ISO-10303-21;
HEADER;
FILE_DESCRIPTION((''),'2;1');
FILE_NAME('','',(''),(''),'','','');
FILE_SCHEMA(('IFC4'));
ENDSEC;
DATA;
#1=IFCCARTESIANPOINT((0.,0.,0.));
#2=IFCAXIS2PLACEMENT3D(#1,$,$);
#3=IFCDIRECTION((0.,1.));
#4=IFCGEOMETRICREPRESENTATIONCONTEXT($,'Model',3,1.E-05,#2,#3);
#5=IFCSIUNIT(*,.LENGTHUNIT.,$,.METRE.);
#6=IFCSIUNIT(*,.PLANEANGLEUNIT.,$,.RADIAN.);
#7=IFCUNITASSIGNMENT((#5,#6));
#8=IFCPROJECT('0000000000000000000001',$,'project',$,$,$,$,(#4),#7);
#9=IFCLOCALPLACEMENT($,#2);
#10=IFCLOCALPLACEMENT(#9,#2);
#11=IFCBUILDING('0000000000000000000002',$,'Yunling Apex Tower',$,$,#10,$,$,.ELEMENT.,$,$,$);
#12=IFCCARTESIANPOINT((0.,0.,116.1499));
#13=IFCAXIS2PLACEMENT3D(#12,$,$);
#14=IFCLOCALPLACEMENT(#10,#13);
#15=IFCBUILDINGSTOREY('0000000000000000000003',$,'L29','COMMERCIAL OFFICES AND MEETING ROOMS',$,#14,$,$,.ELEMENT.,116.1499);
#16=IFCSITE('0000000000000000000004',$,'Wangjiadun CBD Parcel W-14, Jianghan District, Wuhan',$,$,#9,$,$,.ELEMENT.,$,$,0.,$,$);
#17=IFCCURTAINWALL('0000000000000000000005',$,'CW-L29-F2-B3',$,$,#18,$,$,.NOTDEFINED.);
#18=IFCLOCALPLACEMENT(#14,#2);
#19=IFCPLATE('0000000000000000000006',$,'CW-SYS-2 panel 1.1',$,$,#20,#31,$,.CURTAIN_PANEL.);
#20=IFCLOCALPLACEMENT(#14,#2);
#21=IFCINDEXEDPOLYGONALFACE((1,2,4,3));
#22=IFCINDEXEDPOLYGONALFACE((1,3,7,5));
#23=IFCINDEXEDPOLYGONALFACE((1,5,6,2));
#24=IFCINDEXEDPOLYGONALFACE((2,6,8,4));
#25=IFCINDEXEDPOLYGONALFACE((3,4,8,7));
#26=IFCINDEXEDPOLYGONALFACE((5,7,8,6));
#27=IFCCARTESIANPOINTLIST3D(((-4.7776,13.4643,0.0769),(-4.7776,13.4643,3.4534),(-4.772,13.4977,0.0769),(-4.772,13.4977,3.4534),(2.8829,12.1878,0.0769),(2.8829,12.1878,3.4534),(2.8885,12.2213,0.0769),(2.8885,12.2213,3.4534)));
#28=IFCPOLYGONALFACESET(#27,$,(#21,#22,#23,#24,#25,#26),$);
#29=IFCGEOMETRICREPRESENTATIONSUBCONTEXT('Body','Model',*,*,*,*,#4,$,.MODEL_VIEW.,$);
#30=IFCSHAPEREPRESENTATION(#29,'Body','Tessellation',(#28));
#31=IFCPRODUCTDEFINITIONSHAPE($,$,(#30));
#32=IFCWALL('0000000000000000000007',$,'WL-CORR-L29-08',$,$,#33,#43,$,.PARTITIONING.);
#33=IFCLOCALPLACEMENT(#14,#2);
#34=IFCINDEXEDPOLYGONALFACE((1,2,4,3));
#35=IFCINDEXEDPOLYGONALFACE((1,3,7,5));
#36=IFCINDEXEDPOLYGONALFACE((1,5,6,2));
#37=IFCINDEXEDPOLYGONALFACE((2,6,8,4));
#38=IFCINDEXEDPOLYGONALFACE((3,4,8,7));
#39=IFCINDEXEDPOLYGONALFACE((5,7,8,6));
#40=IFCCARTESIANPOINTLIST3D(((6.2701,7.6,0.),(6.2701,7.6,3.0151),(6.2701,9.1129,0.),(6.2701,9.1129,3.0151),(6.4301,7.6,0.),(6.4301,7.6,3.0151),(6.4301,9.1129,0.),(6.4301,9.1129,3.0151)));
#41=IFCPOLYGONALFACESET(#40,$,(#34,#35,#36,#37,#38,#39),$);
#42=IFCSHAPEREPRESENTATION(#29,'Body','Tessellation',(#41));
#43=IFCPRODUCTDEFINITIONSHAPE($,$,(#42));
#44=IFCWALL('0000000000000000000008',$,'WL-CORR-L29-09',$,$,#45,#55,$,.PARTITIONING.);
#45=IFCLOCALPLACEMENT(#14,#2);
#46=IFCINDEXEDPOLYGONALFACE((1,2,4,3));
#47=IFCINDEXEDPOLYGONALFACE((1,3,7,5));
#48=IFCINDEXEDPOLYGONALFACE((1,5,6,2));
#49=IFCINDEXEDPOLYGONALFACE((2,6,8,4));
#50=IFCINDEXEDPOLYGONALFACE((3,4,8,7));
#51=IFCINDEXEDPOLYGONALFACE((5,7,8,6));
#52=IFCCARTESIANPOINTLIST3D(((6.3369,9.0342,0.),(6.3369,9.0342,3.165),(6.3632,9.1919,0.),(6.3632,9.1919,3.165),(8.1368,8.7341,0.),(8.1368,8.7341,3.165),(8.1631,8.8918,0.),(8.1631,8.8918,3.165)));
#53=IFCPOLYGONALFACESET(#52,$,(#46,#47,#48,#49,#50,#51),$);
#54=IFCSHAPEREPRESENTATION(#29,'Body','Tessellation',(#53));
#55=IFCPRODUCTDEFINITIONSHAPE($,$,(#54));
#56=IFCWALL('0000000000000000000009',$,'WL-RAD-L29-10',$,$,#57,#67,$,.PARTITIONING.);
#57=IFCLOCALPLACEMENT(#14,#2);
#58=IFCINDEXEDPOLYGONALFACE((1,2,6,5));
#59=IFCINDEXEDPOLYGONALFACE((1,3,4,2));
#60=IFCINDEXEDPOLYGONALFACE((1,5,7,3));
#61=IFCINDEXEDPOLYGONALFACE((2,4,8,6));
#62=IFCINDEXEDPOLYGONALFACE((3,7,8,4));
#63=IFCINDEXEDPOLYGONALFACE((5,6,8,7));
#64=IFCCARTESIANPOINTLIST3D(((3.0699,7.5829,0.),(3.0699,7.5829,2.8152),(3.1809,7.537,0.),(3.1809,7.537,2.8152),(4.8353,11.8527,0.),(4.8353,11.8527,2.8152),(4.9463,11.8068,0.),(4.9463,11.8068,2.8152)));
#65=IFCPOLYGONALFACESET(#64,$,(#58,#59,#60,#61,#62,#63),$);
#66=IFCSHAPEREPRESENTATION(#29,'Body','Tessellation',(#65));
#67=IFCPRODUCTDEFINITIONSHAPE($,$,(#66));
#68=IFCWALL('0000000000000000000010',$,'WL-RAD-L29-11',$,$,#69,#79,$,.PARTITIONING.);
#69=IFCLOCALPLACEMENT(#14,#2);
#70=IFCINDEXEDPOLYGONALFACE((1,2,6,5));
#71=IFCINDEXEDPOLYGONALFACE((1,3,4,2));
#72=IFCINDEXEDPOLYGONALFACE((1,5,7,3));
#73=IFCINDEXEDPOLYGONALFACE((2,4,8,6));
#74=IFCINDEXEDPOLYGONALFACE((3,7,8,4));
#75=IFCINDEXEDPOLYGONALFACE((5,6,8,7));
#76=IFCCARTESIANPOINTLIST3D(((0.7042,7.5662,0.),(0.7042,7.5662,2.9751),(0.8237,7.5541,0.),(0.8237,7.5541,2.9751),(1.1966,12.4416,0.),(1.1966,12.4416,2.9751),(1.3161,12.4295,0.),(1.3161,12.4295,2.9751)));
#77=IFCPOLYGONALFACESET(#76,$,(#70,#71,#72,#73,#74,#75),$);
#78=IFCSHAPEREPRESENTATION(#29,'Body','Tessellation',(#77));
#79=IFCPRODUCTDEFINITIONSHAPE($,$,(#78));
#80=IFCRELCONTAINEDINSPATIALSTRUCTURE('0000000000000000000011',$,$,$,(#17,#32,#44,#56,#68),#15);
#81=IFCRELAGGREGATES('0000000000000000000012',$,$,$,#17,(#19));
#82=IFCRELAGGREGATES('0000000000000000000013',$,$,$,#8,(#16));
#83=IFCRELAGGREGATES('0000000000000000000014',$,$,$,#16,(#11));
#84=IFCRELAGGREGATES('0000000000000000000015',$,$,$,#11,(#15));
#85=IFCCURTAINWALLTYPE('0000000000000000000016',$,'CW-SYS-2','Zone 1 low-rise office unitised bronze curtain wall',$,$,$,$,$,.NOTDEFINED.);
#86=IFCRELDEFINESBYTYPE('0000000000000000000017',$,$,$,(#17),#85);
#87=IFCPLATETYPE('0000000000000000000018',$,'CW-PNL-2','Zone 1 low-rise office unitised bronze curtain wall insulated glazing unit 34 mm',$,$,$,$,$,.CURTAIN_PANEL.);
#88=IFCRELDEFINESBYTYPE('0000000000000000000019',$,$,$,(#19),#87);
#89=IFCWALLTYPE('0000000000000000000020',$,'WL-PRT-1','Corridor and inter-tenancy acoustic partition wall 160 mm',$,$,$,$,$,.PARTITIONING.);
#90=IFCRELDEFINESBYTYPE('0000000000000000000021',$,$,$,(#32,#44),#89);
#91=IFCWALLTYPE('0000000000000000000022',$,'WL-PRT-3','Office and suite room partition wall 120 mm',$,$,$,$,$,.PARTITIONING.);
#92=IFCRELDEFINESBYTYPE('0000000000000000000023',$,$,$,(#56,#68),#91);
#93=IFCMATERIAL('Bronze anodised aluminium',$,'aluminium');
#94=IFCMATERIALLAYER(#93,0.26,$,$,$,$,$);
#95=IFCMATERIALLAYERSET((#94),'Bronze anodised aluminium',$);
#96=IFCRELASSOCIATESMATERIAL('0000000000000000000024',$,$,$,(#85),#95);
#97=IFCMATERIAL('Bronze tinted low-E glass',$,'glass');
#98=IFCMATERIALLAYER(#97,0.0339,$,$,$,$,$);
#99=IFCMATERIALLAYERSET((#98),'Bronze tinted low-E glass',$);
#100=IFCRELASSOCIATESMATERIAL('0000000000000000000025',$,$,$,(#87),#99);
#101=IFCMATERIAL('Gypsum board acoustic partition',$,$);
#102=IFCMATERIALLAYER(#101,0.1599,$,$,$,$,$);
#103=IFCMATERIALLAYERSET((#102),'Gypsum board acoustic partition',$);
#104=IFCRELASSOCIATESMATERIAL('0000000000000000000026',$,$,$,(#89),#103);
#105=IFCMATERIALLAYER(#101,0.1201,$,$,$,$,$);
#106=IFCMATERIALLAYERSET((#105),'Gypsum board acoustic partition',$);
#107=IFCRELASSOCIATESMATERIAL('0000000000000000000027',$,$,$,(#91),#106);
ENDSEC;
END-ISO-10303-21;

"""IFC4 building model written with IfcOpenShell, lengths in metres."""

from ifc_helpers import new_model, si_unit, direction, frame, frame_2d, origin, origin_2d, place, context, subcontext, project, spatial, rectangle, extrude, source, transform, mapped, material, layer, layer_set, type_object, element, aggregate, save


model = new_model("IFC4")

# Units and contexts
model_context = context("Model", 3, precision=1e-05, world=origin(), true_north=direction((0.0, 1.0)))
body_context = subcontext(model_context, "Body", "Model", "MODEL_VIEW")
ifc_project = project(units=[si_unit("LENGTHUNIT", "METRE"), si_unit("PLANEANGLEUNIT", "RADIAN")], contexts=[model_context])

# Site, building, storey
site_placement = place(None, origin())
site = spatial("IfcSite", under=ifc_project, at=site_placement, Name="Wangjiadun CBD Parcel W-14, Jianghan District, Wuhan", CompositionType="ELEMENT", RefElevation=0.0)
building_placement = place(site_placement, origin())
building = spatial("IfcBuilding", under=site, at=building_placement, Name="Yunling Apex Tower", CompositionType="ELEMENT")
storey_placement = place(building_placement, frame((0.0, 0.0, 116.1499)))
storey = spatial("IfcBuildingStorey", under=building, at=storey_placement, Name="L29", Description="COMMERCIAL OFFICES AND MEETING ROOMS", CompositionType="ELEMENT", Elevation=116.1499)

# Shared definitions
ifc_material_1 = material(Name="Bronze anodised aluminium", Category="aluminium")
ifc_layer_1 = layer(ifc_material_1, 0.26)
ifc_layer_set_1 = layer_set([ifc_layer_1], Name="Bronze anodised aluminium")
curtain_wall_type = type_object("IfcCurtainWallType", Name="CW-SYS-2", Description="Zone 1 low-rise office unitised bronze curtain wall", PredefinedType="NOTDEFINED", material=ifc_layer_set_1)

# Curtain wall
curtain_wall_1_placement = place(storey_placement, origin())
curtain_wall_1 = element("IfcCurtainWall", 1, at=curtain_wall_1_placement, inside=storey, type_object=curtain_wall_type, Name="CW-L29-F2-B3", PredefinedType="NOTDEFINED")

# Plate
ifc_material_2 = material(Name="Bronze tinted low-E glass", Category="glass")
ifc_layer_2 = layer(ifc_material_2, 0.0339)
ifc_layer_set_2 = layer_set([ifc_layer_2], Name="Bronze tinted low-E glass")
plate_type = type_object("IfcPlateType", Name="CW-PNL-2", Description="Zone 1 low-rise office unitised bronze curtain wall insulated glazing unit 34 mm", PredefinedType="CURTAIN_PANEL", material=ifc_layer_set_2)
shared_shape_1 = source(origin(), body_context, "Body", "SweptSolid", [
    extrude(rectangle(XDim=7.7661, YDim=0.0339, at=origin_2d()), origin(), (0.0, 0.0, 1.0), 3.3765),
])
plate_1_placement = place(storey_placement, frame((-0.9446, 12.8428, 0.0769), z_axis=(0.0, 0.0, 1.0), x_axis=(-0.9864, 0.164362, 0.0)))
plate_1 = element("IfcPlate", 2, at=plate_1_placement, type_object=plate_type, Name="CW-SYS-2 panel 1.1", PredefinedType="CURTAIN_PANEL", context=body_context, shape_type="MappedRepresentation", body=[
    mapped(shared_shape_1, transform((0.0, 0.0, 0.0), scale=1.0)),
])
aggregate(curtain_wall_1, [plate_1])

# Walls
ifc_material_3 = material(Name="Gypsum board acoustic partition")
ifc_layer_3 = layer(ifc_material_3, 0.1599)
ifc_layer_set_3 = layer_set([ifc_layer_3], Name="Gypsum board acoustic partition")
wall_type_1 = type_object("IfcWallType", Name="WL-PRT-1", Description="Corridor and inter-tenancy acoustic partition wall 160 mm", PredefinedType="PARTITIONING", material=ifc_layer_set_3)
wall_1_placement = place(storey_placement, frame((6.3501, 7.6001, 0.0), z_axis=(0.0, 0.0, 1.0), x_axis=(0.0, 1.0, 0.0)))
element("IfcWall", 3, at=wall_1_placement, inside=storey, type_object=wall_type_1, Name="WL-CORR-L29-08", PredefinedType="PARTITIONING", context=body_context, shape_type="SweptSolid", body=[
    extrude(rectangle(XDim=1.5129, YDim=0.1599, at=frame_2d((0.7563, 0.0))), origin(), (0.0, 0.0, 1.0), 3.0151),
])
wall_2_placement = place(storey_placement, frame((6.3501, 9.113, 0.0), z_axis=(0.0, 0.0, 1.0), x_axis=(0.986387, -0.164442, 0.0)))
element("IfcWall", 4, at=wall_2_placement, inside=storey, type_object=wall_type_1, Name="WL-CORR-L29-09", PredefinedType="PARTITIONING", context=body_context, shape_type="SweptSolid", body=[
    extrude(rectangle(XDim=1.8247, YDim=0.1599, at=frame_2d((0.9124, 0.0))), origin(), (0.0, 0.0, 1.0), 3.165),
])
ifc_layer_4 = layer(ifc_material_3, 0.1201)
ifc_layer_set_4 = layer_set([ifc_layer_4], Name="Gypsum board acoustic partition")
wall_type_2 = type_object("IfcWallType", Name="WL-PRT-3", Description="Office and suite room partition wall 120 mm", PredefinedType="PARTITIONING", material=ifc_layer_set_4)
wall_3_placement = place(storey_placement, frame((3.1255, 7.5601, 0.0), z_axis=(0.0, 0.0, 1.0), x_axis=(0.382089, 0.924126, 0.0)))
element("IfcWall", 5, at=wall_3_placement, inside=storey, type_object=wall_type_2, Name="WL-RAD-L29-10", PredefinedType="PARTITIONING", context=body_context, shape_type="SweptSolid", body=[
    extrude(rectangle(XDim=4.6204, YDim=0.1201, at=frame_2d((2.3101, 0.0))), origin(), (0.0, 0.0, 1.0), 2.8152),
])
wall_4_placement = place(storey_placement, frame((0.7639, 7.5601, 0.0), z_axis=(0.0, 0.0, 1.0), x_axis=(0.100495, 0.994938, 0.0)))
element("IfcWall", 6, at=wall_4_placement, inside=storey, type_object=wall_type_2, Name="WL-RAD-L29-11", PredefinedType="PARTITIONING", context=body_context, shape_type="SweptSolid", body=[
    extrude(rectangle(XDim=4.9001, YDim=0.1201, at=frame_2d((2.4502, 0.0))), origin(), (0.0, 0.0, 1.0), 2.9751),
])

save(model, "model.ifc")
